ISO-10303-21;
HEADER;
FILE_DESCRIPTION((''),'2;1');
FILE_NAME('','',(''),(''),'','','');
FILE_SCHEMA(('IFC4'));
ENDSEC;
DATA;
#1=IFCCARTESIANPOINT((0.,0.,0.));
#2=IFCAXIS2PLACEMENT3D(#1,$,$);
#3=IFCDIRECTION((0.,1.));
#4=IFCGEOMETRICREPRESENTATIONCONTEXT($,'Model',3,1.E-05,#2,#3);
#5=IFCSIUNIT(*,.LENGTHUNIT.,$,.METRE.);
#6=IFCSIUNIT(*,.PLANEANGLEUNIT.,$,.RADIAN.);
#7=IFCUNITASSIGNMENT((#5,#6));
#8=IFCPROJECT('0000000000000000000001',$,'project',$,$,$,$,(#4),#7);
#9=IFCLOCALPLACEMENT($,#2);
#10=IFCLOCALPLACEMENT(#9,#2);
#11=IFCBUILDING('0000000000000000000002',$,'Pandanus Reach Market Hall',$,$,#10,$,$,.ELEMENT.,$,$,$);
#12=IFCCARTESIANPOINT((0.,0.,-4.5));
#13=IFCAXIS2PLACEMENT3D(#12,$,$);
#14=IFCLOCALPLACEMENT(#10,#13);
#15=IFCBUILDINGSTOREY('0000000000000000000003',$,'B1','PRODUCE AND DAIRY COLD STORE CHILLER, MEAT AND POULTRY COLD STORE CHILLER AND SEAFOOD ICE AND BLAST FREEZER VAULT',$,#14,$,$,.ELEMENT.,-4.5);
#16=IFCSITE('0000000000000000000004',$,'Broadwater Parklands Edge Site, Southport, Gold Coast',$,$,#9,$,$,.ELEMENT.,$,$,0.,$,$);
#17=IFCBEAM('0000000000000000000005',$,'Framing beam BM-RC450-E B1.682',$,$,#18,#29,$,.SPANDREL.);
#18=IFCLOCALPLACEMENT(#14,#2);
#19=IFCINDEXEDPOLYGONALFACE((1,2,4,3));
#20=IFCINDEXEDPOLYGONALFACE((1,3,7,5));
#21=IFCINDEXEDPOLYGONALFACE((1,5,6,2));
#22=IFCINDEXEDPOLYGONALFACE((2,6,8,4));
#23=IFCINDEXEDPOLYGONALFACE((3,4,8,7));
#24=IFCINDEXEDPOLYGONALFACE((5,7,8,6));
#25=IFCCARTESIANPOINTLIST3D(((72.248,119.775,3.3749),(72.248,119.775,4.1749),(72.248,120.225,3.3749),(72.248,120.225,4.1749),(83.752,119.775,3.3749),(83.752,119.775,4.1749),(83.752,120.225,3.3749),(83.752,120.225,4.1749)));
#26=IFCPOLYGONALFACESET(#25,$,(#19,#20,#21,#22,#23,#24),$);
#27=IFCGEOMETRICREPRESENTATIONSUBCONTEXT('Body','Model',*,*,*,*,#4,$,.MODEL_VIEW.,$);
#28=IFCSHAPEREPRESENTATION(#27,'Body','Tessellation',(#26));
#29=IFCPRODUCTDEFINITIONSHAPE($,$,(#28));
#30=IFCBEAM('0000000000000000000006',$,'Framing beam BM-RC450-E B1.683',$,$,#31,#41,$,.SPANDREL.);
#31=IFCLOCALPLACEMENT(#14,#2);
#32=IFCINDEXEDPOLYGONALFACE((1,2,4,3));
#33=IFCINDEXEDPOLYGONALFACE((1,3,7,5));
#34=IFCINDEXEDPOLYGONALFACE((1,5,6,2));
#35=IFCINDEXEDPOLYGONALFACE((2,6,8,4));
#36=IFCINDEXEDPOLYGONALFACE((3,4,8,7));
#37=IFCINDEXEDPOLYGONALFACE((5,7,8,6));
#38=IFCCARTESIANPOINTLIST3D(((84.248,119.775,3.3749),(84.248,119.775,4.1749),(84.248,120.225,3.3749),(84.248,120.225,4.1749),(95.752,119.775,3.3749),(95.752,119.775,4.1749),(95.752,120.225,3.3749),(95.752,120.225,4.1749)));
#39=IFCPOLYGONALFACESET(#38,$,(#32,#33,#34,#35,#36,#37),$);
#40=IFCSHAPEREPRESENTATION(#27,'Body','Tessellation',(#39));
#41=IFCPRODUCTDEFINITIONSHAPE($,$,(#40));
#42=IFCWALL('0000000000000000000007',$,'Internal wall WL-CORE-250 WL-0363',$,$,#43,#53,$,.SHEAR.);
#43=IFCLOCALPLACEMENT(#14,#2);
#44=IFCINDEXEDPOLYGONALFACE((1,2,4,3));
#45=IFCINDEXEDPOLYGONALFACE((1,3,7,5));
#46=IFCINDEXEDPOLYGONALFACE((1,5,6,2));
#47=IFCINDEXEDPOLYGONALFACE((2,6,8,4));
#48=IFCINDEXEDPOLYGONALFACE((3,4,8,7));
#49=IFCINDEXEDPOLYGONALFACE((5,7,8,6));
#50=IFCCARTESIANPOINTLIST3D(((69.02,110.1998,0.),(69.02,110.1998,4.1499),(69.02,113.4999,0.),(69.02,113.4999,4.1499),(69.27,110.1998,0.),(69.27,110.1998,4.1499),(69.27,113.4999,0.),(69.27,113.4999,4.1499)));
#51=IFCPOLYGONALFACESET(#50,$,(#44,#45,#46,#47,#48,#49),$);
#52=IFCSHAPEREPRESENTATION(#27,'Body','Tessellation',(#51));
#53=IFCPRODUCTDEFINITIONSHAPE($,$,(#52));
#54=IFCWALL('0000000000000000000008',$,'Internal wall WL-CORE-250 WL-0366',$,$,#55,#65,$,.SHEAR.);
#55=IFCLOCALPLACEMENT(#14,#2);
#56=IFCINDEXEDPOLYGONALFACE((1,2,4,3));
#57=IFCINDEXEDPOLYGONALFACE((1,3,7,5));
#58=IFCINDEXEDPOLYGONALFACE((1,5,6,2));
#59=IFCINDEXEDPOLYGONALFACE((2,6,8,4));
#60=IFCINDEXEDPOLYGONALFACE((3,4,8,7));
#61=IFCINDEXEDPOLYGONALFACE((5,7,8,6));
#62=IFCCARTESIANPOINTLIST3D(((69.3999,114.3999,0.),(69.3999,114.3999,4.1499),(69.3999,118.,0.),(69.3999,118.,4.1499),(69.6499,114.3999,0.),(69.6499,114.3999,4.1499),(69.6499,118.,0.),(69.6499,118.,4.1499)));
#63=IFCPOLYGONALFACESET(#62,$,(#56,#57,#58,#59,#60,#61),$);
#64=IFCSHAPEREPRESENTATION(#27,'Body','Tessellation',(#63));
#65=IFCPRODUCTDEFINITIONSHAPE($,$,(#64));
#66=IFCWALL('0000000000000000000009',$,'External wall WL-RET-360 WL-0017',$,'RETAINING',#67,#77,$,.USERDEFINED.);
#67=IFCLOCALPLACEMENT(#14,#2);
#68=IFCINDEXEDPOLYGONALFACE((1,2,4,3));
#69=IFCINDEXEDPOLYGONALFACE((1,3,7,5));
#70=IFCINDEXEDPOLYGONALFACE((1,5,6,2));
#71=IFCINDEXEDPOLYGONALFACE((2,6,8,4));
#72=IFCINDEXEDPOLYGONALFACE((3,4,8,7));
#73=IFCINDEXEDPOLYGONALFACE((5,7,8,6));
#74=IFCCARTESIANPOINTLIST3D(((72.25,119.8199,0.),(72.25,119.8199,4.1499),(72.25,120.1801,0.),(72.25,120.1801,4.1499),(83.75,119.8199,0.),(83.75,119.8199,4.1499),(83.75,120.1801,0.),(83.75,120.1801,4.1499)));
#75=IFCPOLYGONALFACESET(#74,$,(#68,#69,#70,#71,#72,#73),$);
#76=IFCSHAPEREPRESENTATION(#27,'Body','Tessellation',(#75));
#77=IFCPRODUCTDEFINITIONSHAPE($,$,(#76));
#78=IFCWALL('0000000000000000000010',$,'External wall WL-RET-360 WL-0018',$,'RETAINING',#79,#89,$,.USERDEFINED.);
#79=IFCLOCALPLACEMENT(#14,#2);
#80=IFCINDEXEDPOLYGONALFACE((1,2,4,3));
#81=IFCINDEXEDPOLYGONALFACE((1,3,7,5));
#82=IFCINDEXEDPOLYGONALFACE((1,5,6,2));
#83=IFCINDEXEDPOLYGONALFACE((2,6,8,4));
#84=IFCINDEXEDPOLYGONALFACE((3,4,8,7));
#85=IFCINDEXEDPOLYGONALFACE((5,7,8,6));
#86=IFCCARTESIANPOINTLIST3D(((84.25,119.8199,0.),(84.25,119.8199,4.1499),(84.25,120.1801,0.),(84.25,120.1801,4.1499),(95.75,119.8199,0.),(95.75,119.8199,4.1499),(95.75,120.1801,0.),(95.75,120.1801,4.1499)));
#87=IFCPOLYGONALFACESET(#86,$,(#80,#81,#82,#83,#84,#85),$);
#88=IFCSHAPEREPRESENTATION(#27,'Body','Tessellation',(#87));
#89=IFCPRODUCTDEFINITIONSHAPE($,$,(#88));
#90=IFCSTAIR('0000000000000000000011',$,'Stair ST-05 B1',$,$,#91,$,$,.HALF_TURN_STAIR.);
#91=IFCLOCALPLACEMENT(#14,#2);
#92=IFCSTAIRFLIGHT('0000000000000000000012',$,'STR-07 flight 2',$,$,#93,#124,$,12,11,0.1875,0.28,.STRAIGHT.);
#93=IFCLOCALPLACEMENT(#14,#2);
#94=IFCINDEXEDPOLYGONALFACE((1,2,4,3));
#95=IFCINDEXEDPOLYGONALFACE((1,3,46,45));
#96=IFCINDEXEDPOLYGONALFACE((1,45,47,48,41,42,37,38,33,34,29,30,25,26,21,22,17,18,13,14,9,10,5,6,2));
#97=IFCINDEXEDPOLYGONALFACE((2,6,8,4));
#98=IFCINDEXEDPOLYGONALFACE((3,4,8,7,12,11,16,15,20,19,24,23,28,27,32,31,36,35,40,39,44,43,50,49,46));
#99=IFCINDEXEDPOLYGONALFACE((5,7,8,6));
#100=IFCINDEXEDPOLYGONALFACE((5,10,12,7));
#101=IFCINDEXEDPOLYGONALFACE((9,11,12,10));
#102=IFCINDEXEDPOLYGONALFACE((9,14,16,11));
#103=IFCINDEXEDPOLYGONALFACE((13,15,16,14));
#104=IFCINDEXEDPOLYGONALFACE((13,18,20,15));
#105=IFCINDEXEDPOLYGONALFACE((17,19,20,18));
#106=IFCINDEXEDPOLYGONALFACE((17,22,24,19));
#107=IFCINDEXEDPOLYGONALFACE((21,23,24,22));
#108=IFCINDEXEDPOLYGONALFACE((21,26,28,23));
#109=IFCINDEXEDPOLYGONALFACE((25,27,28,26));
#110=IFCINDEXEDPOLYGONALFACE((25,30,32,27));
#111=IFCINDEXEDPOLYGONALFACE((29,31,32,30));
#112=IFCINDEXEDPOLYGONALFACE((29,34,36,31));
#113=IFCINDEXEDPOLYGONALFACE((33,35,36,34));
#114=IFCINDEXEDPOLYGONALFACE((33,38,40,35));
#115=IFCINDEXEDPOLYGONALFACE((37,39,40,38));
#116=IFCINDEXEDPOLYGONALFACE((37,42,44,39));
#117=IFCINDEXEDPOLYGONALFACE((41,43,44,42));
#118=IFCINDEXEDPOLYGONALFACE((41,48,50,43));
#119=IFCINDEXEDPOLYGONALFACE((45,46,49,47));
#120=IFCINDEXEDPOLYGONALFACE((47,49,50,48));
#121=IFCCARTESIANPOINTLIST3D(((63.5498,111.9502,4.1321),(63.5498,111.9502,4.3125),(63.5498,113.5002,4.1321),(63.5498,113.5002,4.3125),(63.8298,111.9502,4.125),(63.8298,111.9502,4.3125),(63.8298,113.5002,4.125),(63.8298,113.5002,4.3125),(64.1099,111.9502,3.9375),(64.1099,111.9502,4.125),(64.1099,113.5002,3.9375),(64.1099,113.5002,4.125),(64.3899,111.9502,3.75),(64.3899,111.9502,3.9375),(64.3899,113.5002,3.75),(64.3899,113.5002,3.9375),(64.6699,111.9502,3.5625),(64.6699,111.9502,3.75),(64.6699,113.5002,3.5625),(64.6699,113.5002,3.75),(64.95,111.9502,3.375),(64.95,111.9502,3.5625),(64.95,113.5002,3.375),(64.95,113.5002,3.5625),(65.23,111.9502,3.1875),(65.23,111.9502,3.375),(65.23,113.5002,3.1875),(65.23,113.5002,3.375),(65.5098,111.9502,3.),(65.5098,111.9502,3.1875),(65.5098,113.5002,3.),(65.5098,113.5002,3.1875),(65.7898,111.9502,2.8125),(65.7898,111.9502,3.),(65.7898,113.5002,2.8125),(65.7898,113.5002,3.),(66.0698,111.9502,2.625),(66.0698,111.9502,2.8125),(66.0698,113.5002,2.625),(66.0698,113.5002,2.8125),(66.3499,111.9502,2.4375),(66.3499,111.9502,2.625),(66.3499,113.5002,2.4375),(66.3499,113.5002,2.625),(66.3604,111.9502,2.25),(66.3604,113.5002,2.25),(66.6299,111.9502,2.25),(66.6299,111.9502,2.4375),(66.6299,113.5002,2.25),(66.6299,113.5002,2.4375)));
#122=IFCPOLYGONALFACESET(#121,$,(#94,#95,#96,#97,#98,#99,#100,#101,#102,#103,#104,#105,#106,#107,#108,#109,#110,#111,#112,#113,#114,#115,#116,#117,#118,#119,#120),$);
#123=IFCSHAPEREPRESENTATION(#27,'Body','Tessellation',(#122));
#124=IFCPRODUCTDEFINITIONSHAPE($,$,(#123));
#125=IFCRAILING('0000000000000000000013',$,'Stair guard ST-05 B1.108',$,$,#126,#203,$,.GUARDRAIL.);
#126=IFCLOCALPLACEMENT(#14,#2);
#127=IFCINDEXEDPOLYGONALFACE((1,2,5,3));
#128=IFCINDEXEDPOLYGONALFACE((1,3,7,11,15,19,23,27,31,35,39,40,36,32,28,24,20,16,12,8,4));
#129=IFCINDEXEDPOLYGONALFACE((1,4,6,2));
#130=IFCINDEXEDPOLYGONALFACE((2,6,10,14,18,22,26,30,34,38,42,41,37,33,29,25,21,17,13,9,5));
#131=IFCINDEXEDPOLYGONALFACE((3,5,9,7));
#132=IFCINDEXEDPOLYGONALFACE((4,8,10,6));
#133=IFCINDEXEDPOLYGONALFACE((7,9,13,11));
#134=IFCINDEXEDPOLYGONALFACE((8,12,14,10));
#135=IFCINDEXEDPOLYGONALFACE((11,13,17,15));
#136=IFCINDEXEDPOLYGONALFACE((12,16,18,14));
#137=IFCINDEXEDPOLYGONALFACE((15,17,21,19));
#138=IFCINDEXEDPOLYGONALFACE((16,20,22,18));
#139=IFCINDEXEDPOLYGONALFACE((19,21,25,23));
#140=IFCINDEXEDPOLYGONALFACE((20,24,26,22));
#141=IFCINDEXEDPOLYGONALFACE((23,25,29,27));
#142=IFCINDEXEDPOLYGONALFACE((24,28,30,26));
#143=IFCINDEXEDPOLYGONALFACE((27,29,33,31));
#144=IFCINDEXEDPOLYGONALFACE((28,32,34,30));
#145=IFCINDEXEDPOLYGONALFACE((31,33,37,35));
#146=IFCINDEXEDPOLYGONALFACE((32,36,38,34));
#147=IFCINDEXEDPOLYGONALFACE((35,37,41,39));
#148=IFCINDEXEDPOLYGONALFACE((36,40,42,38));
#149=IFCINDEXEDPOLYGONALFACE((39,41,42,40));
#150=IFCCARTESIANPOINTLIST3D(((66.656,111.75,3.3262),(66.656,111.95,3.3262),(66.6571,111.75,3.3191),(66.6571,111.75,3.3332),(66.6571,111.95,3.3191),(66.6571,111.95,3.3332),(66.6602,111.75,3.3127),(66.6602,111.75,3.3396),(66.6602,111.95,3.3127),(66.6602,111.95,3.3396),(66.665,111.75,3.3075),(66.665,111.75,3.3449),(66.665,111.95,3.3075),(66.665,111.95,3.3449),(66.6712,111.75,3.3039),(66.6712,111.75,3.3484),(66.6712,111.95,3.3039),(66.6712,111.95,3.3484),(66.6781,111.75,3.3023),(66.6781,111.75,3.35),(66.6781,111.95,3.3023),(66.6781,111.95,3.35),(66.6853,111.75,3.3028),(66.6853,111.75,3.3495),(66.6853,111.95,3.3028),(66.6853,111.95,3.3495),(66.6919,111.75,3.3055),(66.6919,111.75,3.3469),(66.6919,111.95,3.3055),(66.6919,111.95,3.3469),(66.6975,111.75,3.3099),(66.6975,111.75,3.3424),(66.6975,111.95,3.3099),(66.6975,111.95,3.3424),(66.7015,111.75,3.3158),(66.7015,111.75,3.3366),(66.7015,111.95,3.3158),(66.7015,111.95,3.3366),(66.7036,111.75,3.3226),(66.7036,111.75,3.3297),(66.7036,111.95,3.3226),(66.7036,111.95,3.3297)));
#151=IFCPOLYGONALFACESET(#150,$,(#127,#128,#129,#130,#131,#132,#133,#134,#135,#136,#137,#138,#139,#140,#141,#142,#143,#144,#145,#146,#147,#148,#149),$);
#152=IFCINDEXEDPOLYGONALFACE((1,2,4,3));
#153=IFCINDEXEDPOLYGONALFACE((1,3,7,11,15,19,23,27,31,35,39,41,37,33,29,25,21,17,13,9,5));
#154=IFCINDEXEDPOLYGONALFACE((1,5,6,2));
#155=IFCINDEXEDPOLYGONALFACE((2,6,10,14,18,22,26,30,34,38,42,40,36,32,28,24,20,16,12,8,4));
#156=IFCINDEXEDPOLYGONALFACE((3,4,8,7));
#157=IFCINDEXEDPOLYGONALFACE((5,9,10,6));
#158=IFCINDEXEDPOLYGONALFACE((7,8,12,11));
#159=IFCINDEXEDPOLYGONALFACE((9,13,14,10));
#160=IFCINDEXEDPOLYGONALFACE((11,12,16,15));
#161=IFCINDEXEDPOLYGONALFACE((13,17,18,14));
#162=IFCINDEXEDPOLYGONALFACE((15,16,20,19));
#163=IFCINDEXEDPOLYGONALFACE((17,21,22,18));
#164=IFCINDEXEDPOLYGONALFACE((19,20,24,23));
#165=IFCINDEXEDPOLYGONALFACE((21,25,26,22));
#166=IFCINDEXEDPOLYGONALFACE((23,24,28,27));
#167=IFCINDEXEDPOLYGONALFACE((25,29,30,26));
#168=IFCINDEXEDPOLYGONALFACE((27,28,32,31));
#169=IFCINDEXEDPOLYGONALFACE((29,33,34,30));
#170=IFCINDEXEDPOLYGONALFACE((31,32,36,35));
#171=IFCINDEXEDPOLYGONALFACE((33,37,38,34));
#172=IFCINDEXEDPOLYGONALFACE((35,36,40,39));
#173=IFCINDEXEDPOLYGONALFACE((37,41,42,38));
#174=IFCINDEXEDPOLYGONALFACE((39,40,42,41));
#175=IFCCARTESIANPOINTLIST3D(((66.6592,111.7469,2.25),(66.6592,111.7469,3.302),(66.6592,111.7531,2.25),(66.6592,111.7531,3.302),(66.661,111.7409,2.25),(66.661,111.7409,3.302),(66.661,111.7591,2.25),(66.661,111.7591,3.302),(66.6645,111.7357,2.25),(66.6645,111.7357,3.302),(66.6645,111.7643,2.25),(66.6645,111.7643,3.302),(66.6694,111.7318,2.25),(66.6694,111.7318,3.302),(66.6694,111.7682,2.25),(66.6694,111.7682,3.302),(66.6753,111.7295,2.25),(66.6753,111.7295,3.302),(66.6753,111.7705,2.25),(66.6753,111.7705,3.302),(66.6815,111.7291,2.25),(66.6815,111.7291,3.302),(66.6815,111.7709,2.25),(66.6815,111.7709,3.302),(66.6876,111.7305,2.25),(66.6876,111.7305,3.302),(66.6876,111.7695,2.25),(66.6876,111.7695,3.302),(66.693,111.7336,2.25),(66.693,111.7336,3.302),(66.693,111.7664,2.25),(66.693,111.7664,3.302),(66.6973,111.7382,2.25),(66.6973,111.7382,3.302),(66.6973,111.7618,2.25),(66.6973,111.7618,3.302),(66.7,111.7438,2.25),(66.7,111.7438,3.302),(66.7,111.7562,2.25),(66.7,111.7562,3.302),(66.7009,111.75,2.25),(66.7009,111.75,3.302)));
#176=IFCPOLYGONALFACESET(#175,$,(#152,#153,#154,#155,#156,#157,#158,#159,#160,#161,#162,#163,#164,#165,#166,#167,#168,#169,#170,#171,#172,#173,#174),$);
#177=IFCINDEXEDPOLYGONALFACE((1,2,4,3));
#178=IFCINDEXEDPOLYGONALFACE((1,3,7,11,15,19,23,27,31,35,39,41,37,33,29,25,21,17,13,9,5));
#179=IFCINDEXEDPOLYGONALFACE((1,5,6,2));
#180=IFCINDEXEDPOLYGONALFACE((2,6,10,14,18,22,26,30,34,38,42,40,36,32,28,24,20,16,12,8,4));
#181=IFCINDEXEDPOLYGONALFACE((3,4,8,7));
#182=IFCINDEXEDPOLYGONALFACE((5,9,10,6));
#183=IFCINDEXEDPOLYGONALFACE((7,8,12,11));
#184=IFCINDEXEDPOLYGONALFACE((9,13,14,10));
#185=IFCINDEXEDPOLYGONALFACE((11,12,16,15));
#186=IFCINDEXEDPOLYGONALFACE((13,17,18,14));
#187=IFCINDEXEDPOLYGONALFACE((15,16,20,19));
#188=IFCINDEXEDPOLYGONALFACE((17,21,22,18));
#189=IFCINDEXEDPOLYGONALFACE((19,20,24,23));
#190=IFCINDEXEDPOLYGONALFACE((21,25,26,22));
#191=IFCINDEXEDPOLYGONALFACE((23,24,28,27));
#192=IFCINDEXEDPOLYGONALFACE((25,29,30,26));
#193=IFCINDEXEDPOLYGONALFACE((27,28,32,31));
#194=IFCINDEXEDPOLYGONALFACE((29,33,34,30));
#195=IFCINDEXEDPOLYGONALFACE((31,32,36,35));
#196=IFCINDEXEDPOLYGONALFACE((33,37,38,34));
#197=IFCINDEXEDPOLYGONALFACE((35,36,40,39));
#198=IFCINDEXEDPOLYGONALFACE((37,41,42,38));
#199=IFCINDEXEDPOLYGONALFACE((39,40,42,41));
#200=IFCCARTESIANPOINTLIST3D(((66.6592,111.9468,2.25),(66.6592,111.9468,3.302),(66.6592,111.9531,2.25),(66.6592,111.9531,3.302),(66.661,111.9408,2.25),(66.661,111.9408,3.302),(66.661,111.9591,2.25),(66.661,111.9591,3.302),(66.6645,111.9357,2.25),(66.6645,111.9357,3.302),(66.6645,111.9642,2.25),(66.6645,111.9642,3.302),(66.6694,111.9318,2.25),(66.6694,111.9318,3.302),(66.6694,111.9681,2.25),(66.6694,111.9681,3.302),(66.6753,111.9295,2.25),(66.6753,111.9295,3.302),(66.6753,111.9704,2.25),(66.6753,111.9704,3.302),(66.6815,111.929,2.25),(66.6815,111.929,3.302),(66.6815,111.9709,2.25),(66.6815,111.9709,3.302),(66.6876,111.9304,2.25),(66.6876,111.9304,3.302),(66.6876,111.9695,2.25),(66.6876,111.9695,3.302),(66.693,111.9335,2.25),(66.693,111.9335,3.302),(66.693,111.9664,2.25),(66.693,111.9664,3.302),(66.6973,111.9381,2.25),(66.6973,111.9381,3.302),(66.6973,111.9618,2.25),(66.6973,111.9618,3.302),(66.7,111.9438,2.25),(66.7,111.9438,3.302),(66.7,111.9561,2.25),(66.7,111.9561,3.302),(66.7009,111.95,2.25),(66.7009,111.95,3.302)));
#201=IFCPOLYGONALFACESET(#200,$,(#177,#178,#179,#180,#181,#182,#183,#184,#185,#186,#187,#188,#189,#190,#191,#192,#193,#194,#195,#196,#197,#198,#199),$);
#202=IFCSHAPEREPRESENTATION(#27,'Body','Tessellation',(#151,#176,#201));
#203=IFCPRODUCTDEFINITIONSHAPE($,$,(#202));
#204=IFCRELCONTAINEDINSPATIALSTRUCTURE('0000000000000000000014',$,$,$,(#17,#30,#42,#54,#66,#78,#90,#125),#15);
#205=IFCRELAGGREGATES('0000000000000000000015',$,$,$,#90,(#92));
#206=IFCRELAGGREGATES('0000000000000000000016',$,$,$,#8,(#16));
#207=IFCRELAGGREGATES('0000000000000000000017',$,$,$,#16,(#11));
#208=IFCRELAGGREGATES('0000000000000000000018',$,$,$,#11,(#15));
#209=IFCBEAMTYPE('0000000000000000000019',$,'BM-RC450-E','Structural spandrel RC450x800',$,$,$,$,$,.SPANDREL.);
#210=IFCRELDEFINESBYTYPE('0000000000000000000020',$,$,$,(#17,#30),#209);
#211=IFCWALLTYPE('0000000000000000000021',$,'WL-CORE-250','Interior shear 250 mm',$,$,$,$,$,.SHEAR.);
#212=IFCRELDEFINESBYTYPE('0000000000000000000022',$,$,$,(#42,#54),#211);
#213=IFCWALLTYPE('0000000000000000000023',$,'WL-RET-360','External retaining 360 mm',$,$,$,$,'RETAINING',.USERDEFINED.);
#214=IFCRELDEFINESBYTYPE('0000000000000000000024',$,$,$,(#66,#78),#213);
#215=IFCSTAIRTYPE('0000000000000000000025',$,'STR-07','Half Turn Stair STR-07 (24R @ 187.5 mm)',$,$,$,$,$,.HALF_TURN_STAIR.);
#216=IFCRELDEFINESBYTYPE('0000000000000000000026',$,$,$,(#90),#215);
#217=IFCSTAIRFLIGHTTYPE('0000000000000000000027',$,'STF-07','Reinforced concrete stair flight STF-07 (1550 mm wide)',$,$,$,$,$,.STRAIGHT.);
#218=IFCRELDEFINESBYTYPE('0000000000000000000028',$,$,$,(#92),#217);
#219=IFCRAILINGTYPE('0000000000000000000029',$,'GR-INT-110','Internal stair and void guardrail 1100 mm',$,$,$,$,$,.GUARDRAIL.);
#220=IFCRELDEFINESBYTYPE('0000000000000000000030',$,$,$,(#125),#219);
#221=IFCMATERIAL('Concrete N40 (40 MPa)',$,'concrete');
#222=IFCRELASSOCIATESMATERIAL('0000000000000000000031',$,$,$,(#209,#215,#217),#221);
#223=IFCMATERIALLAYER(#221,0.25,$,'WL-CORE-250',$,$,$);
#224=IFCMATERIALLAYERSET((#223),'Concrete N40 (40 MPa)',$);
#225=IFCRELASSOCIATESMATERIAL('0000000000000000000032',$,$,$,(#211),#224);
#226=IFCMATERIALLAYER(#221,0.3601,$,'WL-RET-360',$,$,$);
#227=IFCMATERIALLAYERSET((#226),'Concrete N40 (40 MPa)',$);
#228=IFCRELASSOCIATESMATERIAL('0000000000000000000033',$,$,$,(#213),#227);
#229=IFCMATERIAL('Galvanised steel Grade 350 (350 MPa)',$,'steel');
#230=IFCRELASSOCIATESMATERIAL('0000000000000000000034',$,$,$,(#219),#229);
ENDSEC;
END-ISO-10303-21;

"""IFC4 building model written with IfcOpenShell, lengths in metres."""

from ifc_helpers import new_model, si_unit, direction, frame, frame_2d, origin, origin_2d, place, context, subcontext, project, spatial, polyline, rectangle, circle, outline, extrude, material, layer, layer_set, material_profile, profile_set, type_object, element, aggregate, save


model = new_model("IFC4")

# Units and contexts
model_context = context("Model", 3, precision=1e-05, world=origin(), true_north=direction((0.0, 1.0)))
body_context = subcontext(model_context, "Body", "Model", "MODEL_VIEW")
ifc_project = project(units=[si_unit("LENGTHUNIT", "METRE"), si_unit("PLANEANGLEUNIT", "RADIAN")], contexts=[model_context])

# Site, building, storey
site_placement = place(None, origin())
site = spatial("IfcSite", under=ifc_project, at=site_placement, Name="Broadwater Parklands Edge Site, Southport, Gold Coast", CompositionType="ELEMENT", RefElevation=0.0)
building_placement = place(site_placement, origin())
building = spatial("IfcBuilding", under=site, at=building_placement, Name="Pandanus Reach Market Hall", CompositionType="ELEMENT")
storey_placement = place(building_placement, frame((0.0, 0.0, -4.5)))
storey = spatial("IfcBuildingStorey", under=building, at=storey_placement, Name="B1", Description="PRODUCE AND DAIRY COLD STORE CHILLER, MEAT AND POULTRY COLD STORE CHILLER AND SEAFOOD ICE AND BLAST FREEZER VAULT", CompositionType="ELEMENT", Elevation=-4.5)

# Shared definitions
ifc_material_1 = material(Name="Concrete N40 (40 MPa)", Category="concrete")

# Beams
ifc_material_profile_1 = material_profile(ifc_material_1, rectangle(XDim=0.45, YDim=0.8, at=origin_2d()), Name="RC450x800", Category="LoadBearing")
ifc_profile_set_1 = profile_set([ifc_material_profile_1], Name="Concrete N40 (40 MPa)")
beam_type_1 = type_object("IfcBeamType", Name="BM-RC450-E", Description="Structural spandrel RC450x800", PredefinedType="SPANDREL", material=ifc_profile_set_1)
for number, where, z_axis, x_axis, name in (
    (1, (72.248, 120.0, 3.7749), (1.0, 0.0, 0.0), (0.0, 1.0, 0.0), "Framing beam BM-RC450-E B1.682"),
    (2, (84.248, 120.0, 3.7749), (1.0, 0.0, 0.0), (0.0, 1.0, 0.0), "Framing beam BM-RC450-E B1.683"),
):
    element("IfcBeam", number, at=place(storey_placement, frame(where, z_axis=z_axis, x_axis=x_axis)), inside=storey, type_object=beam_type_1, Name=name, PredefinedType="SPANDREL", context=body_context, shape_type="SweptSolid", body=[
        extrude(rectangle(XDim=0.45, YDim=0.8, at=origin_2d()), origin(), (0.0, 0.0, 1.0), 11.5039),
    ])

# Walls
ifc_layer_1 = layer(ifc_material_1, 0.25, Name="WL-CORE-250")
ifc_layer_set_1 = layer_set([ifc_layer_1], Name="Concrete N40 (40 MPa)")
wall_type_1 = type_object("IfcWallType", Name="WL-CORE-250", Description="Interior shear 250 mm", PredefinedType="SHEAR", material=ifc_layer_set_1)
wall_1_placement = place(storey_placement, frame((69.145, 110.2, 0.0), z_axis=(0.0, 0.0, 1.0), x_axis=(0.0, 1.0, 0.0)))
element("IfcWall", 3, at=wall_1_placement, inside=storey, type_object=wall_type_1, Name="Internal wall WL-CORE-250 WL-0363", PredefinedType="SHEAR", context=body_context, shape_type="SweptSolid", body=[
    extrude(rectangle(XDim=3.3, YDim=0.25, at=frame_2d((1.6499, 0.0))), origin(), (0.0, 0.0, 1.0), 4.1499),
])
wall_2_placement = place(storey_placement, frame((69.5249, 114.3999, 0.0), z_axis=(0.0, 0.0, 1.0), x_axis=(0.0, 1.0, 0.0)))
element("IfcWall", 4, at=wall_2_placement, inside=storey, type_object=wall_type_1, Name="Internal wall WL-CORE-250 WL-0366", PredefinedType="SHEAR", context=body_context, shape_type="SweptSolid", body=[
    extrude(rectangle(XDim=3.6001, YDim=0.25, at=frame_2d((1.8, 0.0))), origin(), (0.0, 0.0, 1.0), 4.1499),
])
ifc_layer_2 = layer(ifc_material_1, 0.3601, Name="WL-RET-360")
ifc_layer_set_2 = layer_set([ifc_layer_2], Name="Concrete N40 (40 MPa)")
wall_type_2 = type_object("IfcWallType", Name="WL-RET-360", Description="External retaining 360 mm", ElementType="RETAINING", PredefinedType="USERDEFINED", material=ifc_layer_set_2)
for number, where, z_axis, x_axis, name in (
    (5, (72.25, 120.0, 0.0), (0.0, 0.0, 1.0), (1.0, 0.0, 0.0), "External wall WL-RET-360 WL-0017"),
    (6, (84.25, 120.0, 0.0), (0.0, 0.0, 1.0), (1.0, 0.0, 0.0), "External wall WL-RET-360 WL-0018"),
):
    element("IfcWall", number, at=place(storey_placement, frame(where, z_axis=z_axis, x_axis=x_axis)), inside=storey, type_object=wall_type_2, Name=name, ObjectType="RETAINING", PredefinedType="USERDEFINED", context=body_context, shape_type="SweptSolid", body=[
        extrude(rectangle(XDim=11.5, YDim=0.3601, at=frame_2d((5.75, 0.0))), origin(), (0.0, 0.0, 1.0), 4.1499),
    ])

# Stair, stair flight
stair_type = type_object("IfcStairType", Name="STR-07", Description="Half Turn Stair STR-07 (24R @ 187.5 mm)", PredefinedType="HALF_TURN_STAIR", material=ifc_material_1)
stair_placement = place(storey_placement, origin())
stair = element("IfcStair", 7, at=stair_placement, inside=storey, type_object=stair_type, Name="Stair ST-05 B1", PredefinedType="HALF_TURN_STAIR")
stair_flight_type = type_object("IfcStairFlightType", Name="STF-07", Description="Reinforced concrete stair flight STF-07 (1550 mm wide)", PredefinedType="STRAIGHT", material=ifc_material_1)
stair_flight_placement = place(storey_placement, frame((66.6299, 112.7251, 2.25), z_axis=(0.0, 0.0, 1.0), x_axis=(-1.0, 0.0, 0.0)))
stair_flight = element("IfcStairFlight", 8, at=stair_flight_placement, type_object=stair_flight_type, Name="STR-07 flight 2", NumberOfRisers=12, NumberOfTreads=11, PredefinedType="STRAIGHT", RiserHeight=0.1875, TreadLength=0.28, context=body_context, shape_type="SweptSolid", body=[
    extrude(outline(polyline([(0.0, 0.0), (0.0, 0.1875), (0.28, 0.1875), (0.28, 0.375), (0.5601, 0.375), (0.5601, 0.5625), (0.8401, 0.5625), (0.8401, 0.75), (1.1201, 0.75), (1.1201, 0.9375), (1.3999, 0.9375), (1.3999, 1.125), (1.6799, 1.125), (1.6799, 1.3125), (1.96, 1.3125), (1.96, 1.5), (2.24, 1.5), (2.24, 1.6875), (2.52, 1.6875), (2.52, 1.875), (2.8, 1.875), (2.8, 2.0625), (3.0801, 2.0625), (3.0801, 2.25), (3.0801, 1.8821), (0.2695, 0.0), (0.0, 0.0)])), frame((0.0, 0.7749, 0.0), z_axis=(0.0, -1.0, 0.0), x_axis=(1.0, 0.0, 0.0)), (0.0, 0.0, 1.0), 1.55),
])
aggregate(stair, [stair_flight])

# Railing
ifc_material_2 = material(Name="Galvanised steel Grade 350 (350 MPa)", Category="steel")
railing_type_1 = type_object("IfcRailingType", Name="GR-INT-110", Description="Internal stair and void guardrail 1100 mm", PredefinedType="GUARDRAIL", material=ifc_material_2)
railing_1_placement = place(storey_placement, frame((66.6799, 111.75, 2.25)))
element("IfcRailing", 9, at=railing_1_placement, inside=storey, type_object=railing_type_1, Name="Stair guard ST-05 B1.108", PredefinedType="GUARDRAIL", context=body_context, shape_type="SweptSolid", body=[
    extrude(circle(Radius=0.0239, at=origin_2d()), frame((0.0, 0.0, 1.0762), z_axis=(0.0, 1.0, 0.0), x_axis=(-1.0, 0.0, 0.0)), (0.0, 0.0, 1.0), 0.2),
    extrude(circle(Radius=0.021, at=origin_2d()), origin(), (0.0, 0.0, 1.0), 1.052),
    extrude(circle(Radius=0.021, at=origin_2d()), frame((0.0, 0.2, 0.0)), (0.0, 0.0, 1.0), 1.052),
])

save(model, "model.ifc")
